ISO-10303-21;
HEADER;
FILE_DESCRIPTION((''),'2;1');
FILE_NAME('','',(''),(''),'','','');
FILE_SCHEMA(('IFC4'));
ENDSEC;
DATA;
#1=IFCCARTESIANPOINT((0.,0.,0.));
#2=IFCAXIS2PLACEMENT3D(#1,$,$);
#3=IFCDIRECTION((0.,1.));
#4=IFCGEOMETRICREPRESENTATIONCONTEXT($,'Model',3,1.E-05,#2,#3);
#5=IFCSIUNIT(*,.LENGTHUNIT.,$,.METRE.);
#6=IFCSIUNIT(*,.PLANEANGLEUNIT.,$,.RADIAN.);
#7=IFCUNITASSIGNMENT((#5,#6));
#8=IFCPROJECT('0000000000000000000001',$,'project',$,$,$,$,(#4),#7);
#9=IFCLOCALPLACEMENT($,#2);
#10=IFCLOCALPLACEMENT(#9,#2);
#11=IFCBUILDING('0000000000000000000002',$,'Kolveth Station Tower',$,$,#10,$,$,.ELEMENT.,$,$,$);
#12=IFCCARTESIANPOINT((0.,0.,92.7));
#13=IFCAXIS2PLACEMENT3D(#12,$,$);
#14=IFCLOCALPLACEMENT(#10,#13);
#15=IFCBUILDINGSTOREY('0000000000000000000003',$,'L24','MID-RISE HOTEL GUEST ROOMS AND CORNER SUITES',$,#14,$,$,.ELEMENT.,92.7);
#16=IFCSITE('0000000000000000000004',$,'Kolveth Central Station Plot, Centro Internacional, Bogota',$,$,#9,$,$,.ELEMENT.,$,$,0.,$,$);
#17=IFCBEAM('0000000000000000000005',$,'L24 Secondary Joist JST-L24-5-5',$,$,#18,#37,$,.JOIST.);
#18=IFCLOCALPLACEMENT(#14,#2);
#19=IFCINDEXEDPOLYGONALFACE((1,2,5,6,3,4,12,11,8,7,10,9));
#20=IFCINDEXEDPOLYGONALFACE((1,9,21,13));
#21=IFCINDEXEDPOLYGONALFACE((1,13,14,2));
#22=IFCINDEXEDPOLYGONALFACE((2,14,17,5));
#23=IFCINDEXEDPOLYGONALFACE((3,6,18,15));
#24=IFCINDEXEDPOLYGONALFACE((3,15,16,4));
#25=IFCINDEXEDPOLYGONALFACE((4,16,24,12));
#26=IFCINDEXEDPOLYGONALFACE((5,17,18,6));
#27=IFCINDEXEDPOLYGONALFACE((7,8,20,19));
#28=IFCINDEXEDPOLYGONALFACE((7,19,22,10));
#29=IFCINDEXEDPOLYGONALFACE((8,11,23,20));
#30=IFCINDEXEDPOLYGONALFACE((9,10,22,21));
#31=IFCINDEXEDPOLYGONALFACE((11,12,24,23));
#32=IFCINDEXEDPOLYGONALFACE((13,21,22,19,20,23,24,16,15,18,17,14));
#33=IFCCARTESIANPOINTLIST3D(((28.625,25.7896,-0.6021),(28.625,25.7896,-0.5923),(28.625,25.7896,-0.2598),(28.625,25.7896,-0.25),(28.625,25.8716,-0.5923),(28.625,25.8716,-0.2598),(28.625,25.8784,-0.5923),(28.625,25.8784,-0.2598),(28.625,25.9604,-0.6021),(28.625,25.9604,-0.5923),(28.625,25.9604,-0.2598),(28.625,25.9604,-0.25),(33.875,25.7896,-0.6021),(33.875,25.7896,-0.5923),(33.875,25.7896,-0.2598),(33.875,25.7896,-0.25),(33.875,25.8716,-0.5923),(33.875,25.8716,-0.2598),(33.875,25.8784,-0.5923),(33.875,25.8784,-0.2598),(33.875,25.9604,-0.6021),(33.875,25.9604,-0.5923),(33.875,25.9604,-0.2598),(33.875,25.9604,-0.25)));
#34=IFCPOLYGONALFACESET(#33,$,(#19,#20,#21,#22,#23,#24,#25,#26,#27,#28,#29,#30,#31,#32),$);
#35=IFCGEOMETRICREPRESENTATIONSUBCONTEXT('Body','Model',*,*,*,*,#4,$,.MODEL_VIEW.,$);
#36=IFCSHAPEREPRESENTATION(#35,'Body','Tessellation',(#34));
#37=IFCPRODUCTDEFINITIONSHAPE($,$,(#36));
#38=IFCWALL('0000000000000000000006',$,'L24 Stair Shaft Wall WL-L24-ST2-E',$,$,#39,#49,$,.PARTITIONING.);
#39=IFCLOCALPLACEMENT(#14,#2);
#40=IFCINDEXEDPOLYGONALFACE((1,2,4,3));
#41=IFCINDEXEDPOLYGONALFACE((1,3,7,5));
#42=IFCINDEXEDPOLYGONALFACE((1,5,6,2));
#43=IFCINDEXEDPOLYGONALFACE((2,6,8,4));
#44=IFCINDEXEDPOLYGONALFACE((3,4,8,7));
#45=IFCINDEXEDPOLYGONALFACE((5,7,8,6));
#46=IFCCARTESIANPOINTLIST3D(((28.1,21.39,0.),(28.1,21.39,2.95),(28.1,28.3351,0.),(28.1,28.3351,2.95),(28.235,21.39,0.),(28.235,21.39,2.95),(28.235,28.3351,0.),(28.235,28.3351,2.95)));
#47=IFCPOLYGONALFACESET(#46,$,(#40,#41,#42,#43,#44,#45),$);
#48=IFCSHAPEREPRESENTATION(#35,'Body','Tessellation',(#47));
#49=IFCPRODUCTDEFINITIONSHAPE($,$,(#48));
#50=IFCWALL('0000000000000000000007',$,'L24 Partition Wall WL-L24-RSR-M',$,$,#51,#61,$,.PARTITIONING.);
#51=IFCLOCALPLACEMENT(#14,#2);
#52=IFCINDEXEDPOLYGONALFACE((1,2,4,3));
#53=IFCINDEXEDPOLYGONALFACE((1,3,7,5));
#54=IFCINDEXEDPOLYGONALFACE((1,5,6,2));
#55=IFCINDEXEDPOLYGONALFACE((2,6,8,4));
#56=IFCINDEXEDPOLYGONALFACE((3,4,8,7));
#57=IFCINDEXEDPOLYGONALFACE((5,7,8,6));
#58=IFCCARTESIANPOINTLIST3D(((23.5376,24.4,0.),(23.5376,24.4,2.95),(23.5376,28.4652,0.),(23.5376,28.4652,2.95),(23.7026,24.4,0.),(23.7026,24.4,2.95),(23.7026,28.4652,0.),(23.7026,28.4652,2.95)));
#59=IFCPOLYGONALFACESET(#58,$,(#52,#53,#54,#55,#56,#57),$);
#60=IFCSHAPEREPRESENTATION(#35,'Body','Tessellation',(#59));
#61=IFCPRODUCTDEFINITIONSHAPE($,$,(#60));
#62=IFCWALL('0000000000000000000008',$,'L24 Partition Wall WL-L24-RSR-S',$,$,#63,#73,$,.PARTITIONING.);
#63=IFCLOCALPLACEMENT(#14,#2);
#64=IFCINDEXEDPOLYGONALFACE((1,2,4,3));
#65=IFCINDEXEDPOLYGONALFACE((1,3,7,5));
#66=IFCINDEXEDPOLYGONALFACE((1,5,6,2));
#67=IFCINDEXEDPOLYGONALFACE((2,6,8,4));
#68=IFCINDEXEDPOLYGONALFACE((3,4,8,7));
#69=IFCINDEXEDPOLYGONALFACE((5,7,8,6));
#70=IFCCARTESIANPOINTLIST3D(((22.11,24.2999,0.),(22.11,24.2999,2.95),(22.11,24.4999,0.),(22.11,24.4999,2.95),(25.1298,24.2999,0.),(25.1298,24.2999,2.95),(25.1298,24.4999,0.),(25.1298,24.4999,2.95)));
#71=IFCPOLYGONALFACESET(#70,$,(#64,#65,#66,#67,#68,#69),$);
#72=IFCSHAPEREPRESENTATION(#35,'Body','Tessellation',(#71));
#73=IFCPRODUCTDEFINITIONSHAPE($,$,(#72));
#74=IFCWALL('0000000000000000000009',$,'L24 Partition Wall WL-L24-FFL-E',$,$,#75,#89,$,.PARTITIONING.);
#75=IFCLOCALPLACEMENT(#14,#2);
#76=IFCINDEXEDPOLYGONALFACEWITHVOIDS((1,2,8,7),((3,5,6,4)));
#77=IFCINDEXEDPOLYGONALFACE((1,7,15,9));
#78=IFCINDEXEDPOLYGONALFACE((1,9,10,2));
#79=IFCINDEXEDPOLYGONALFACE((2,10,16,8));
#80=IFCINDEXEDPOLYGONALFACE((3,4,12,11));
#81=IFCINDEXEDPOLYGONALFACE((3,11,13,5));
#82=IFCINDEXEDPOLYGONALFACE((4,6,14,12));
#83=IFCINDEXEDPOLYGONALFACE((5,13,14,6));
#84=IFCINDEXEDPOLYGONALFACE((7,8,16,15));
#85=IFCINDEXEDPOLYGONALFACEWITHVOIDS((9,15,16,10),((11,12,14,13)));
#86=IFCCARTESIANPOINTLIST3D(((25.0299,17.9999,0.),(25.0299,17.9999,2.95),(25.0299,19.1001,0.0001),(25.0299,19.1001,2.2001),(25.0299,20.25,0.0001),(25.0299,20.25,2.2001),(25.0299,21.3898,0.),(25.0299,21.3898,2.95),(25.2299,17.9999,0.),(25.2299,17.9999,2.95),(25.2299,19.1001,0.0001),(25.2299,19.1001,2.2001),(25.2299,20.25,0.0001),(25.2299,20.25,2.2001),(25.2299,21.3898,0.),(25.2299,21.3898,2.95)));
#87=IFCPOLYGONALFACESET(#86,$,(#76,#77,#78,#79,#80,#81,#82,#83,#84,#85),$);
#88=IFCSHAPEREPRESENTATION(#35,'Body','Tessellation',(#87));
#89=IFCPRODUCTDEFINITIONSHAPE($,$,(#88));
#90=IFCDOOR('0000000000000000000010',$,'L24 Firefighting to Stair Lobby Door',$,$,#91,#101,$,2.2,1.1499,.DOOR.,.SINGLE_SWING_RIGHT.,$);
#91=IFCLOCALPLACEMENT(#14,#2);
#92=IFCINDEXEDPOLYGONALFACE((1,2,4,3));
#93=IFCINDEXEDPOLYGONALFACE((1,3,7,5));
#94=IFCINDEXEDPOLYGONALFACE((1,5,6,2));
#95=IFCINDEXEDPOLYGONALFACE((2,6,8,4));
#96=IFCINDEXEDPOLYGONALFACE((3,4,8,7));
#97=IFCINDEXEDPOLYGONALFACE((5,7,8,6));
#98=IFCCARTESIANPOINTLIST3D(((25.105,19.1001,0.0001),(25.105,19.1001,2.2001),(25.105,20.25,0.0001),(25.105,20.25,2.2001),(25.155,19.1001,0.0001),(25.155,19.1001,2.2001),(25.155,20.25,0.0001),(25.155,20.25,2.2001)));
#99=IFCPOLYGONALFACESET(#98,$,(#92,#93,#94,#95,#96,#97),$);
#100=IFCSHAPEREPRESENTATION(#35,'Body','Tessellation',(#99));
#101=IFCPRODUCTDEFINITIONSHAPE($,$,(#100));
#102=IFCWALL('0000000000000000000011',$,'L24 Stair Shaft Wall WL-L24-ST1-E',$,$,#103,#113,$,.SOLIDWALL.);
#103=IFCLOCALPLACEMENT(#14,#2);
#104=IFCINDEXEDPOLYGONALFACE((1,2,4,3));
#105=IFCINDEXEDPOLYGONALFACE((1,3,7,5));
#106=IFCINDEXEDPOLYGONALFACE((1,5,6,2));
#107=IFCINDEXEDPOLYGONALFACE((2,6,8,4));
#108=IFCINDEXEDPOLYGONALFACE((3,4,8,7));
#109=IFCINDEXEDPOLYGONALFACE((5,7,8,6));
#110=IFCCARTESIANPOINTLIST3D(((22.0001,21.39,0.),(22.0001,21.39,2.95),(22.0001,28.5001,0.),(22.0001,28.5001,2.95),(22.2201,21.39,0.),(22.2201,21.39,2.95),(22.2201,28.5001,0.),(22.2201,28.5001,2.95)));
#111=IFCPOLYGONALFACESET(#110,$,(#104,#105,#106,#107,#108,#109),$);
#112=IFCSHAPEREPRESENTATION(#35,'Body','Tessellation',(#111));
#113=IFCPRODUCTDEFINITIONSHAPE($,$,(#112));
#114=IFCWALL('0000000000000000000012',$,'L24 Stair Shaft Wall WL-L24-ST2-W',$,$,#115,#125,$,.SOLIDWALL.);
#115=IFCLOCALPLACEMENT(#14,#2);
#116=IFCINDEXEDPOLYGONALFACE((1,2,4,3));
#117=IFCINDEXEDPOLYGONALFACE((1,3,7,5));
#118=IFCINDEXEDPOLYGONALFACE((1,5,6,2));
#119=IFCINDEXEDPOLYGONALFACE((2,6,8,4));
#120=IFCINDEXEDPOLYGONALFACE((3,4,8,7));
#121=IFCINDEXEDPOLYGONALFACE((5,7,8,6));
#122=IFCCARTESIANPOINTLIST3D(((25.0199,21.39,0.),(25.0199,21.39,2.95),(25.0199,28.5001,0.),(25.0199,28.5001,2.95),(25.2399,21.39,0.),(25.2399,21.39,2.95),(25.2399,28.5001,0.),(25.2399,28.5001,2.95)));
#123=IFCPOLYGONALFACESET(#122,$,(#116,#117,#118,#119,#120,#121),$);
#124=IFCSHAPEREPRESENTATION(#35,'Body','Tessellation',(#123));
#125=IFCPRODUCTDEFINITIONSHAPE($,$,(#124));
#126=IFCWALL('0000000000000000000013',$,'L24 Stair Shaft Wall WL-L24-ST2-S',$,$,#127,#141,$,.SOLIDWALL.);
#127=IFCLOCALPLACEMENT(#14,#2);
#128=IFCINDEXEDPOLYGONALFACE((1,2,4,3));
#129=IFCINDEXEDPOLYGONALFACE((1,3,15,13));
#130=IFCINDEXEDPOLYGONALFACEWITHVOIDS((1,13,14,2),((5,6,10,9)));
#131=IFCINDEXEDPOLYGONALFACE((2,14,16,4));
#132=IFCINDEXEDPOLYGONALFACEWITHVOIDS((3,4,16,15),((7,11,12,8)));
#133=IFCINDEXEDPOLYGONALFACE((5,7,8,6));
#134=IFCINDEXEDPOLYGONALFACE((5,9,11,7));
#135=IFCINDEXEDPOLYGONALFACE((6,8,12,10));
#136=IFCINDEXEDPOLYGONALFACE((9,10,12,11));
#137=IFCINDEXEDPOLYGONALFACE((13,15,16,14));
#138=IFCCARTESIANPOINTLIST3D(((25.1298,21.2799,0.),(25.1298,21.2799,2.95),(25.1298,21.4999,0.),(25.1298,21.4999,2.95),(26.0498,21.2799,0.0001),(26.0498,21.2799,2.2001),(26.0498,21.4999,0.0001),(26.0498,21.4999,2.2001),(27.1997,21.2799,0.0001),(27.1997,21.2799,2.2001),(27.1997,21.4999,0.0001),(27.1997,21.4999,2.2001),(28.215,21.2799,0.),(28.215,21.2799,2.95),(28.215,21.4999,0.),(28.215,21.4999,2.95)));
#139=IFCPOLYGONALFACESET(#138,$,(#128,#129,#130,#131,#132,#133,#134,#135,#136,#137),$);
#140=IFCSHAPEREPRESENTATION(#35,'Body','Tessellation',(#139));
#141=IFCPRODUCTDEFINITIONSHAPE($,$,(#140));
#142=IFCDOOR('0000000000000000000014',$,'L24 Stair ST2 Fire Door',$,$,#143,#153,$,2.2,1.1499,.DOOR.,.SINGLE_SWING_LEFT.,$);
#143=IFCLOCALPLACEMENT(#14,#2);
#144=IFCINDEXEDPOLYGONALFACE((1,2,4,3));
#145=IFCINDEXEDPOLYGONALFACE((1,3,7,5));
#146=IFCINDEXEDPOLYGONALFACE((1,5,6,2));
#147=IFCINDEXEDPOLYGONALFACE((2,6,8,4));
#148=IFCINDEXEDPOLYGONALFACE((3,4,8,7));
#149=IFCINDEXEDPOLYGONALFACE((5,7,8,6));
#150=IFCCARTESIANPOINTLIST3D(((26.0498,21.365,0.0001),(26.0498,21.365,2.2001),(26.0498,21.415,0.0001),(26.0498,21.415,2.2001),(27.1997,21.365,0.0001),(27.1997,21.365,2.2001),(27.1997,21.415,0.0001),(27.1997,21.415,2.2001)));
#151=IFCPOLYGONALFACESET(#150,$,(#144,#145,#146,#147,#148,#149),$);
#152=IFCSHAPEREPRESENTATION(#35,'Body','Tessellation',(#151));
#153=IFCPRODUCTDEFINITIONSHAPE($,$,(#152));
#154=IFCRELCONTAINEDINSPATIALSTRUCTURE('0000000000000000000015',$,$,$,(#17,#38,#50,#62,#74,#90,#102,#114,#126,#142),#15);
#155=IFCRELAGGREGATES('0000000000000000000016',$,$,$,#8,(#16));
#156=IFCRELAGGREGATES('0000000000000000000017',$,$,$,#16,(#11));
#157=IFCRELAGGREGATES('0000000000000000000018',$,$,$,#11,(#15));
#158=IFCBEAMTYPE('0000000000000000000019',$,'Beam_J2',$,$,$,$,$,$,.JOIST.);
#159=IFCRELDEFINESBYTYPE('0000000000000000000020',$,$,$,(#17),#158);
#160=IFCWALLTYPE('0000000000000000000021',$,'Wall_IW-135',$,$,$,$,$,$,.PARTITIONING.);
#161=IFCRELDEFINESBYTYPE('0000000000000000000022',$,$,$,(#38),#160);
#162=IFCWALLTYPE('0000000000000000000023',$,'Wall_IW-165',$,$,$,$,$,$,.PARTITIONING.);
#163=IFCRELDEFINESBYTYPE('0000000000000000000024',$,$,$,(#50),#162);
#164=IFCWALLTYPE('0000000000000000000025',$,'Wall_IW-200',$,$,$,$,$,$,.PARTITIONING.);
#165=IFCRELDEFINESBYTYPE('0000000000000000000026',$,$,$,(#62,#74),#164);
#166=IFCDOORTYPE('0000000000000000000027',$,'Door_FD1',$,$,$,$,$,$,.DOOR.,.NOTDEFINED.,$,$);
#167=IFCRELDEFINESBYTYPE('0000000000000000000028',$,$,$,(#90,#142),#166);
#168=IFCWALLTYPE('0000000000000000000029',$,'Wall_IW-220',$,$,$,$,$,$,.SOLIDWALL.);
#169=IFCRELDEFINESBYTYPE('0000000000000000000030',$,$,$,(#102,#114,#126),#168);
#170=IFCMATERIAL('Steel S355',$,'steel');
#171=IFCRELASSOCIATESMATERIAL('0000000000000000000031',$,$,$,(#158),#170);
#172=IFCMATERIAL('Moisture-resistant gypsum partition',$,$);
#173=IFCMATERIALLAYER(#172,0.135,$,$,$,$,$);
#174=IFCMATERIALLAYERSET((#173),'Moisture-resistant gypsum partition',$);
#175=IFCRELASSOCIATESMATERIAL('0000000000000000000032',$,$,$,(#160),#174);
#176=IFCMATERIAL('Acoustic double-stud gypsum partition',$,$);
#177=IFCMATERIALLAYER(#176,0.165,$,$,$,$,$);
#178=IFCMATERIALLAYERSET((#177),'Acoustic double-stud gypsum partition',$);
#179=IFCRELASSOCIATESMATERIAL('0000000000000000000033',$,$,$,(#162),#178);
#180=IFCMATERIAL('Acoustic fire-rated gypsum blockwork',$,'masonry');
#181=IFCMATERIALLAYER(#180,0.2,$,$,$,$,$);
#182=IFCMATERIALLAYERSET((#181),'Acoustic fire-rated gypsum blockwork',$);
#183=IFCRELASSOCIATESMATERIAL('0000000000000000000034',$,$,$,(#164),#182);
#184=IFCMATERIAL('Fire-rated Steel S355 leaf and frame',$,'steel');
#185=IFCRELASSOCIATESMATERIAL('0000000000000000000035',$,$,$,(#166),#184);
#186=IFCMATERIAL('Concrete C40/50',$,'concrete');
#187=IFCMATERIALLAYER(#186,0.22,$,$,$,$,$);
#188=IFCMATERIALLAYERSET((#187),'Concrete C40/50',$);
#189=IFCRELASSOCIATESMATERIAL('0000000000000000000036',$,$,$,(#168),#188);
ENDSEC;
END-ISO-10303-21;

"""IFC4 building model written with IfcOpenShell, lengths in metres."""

from ifc_helpers import new_model, si_unit, direction, frame, frame_2d, origin, origin_2d, place, context, subcontext, project, spatial, rectangle, i_section, extrude, source, transform, mapped, material, layer, layer_set, material_profile, profile_set, type_object, element, fill, save


model = new_model("IFC4")

# Units and contexts
model_context = context("Model", 3, precision=1e-05, world=origin(), true_north=direction((0.0, 1.0)))
body_context = subcontext(model_context, "Body", "Model", "MODEL_VIEW")
ifc_project = project(units=[si_unit("LENGTHUNIT", "METRE"), si_unit("PLANEANGLEUNIT", "RADIAN")], contexts=[model_context])

# Site, building, storey
site_placement = place(None, origin())
site = spatial("IfcSite", under=ifc_project, at=site_placement, Name="Kolveth Central Station Plot, Centro Internacional, Bogota", CompositionType="ELEMENT", RefElevation=0.0)
building_placement = place(site_placement, origin())
building = spatial("IfcBuilding", under=site, at=building_placement, Name="Kolveth Station Tower", CompositionType="ELEMENT")
storey_placement = place(building_placement, frame((0.0, 0.0, 92.7)))
storey = spatial("IfcBuildingStorey", under=building, at=storey_placement, Name="L24", Description="MID-RISE HOTEL GUEST ROOMS AND CORNER SUITES", CompositionType="ELEMENT", Elevation=92.7)

# Shared definitions
ifc_material_1 = material(Name="Steel S355", Category="steel")

# Beam
ifc_material_profile_1 = material_profile(ifc_material_1, i_section(OverallWidth=0.1709, OverallDepth=0.3521, WebThickness=0.0068, FlangeThickness=0.0098, at=origin_2d()), Name="W360x44")
ifc_profile_set_1 = profile_set([ifc_material_profile_1], Name="Steel S355")
beam_type_1 = type_object("IfcBeamType", Name="Beam_J2", PredefinedType="JOIST", material=ifc_profile_set_1)
shared_shape_1 = source(origin(), body_context, "Body", "SweptSolid", [
    extrude(i_section(OverallWidth=0.1709, OverallDepth=0.3521, WebThickness=0.0068, FlangeThickness=0.0098, at=origin_2d()), origin(), (0.0, 0.0, 1.0), 5.25),
])
for number, where, z_axis, x_axis, name in (
    (1, (28.625, 25.875, -0.426), (1.0, 0.0, 0.0), (0.0, 1.0, 0.0), "L24 Secondary Joist JST-L24-5-5"),
):
    element("IfcBeam", number, at=place(storey_placement, frame(where, z_axis=z_axis, x_axis=x_axis)), inside=storey, type_object=beam_type_1, Name=name, PredefinedType="JOIST", context=body_context, shape_type="MappedRepresentation", body=[
        mapped(shared_shape_1, transform((0.0, 0.0, 0.0), x_axis=(1.0, 0.0, 0.0), y_axis=(0.0, 1.0, 0.0), z_axis=(0.0, 0.0, 1.0), scale=1.0)),
    ])

# Walls
ifc_material_2 = material(Name="Moisture-resistant gypsum partition")
ifc_layer_1 = layer(ifc_material_2, 0.135)
ifc_layer_set_1 = layer_set([ifc_layer_1], Name="Moisture-resistant gypsum partition")
wall_type_1 = type_object("IfcWallType", Name="Wall_IW-135", PredefinedType="PARTITIONING", material=ifc_layer_set_1)
wall_1_placement = place(storey_placement, frame((28.1675, 21.3899, 0.0), z_axis=(0.0, 0.0, 1.0), x_axis=(0.0, 1.0, 0.0)))
element("IfcWall", 2, at=wall_1_placement, inside=storey, type_object=wall_type_1, Name="L24 Stair Shaft Wall WL-L24-ST2-E", PredefinedType="PARTITIONING", context=body_context, shape_type="SweptSolid", body=[
    extrude(rectangle(XDim=6.9451, YDim=0.135, at=frame_2d((3.4727, 0.0))), origin(), (0.0, 0.0, 1.0), 2.95),
])
ifc_material_3 = material(Name="Acoustic double-stud gypsum partition")
ifc_layer_2 = layer(ifc_material_3, 0.165)
ifc_layer_set_2 = layer_set([ifc_layer_2], Name="Acoustic double-stud gypsum partition")
wall_type_2 = type_object("IfcWallType", Name="Wall_IW-165", PredefinedType="PARTITIONING", material=ifc_layer_set_2)
wall_2_placement = place(storey_placement, frame((23.6201, 24.3999, 0.0), z_axis=(0.0, 0.0, 1.0), x_axis=(0.0, 1.0, 0.0)))
element("IfcWall", 3, at=wall_2_placement, inside=storey, type_object=wall_type_2, Name="L24 Partition Wall WL-L24-RSR-M", PredefinedType="PARTITIONING", context=body_context, shape_type="SweptSolid", body=[
    extrude(rectangle(XDim=4.0652, YDim=0.165, at=frame_2d((2.0327, 0.0))), origin(), (0.0, 0.0, 1.0), 2.95),
])
ifc_material_4 = material(Name="Acoustic fire-rated gypsum blockwork", Category="masonry")
ifc_layer_3 = layer(ifc_material_4, 0.2)
ifc_layer_set_3 = layer_set([ifc_layer_3], Name="Acoustic fire-rated gypsum blockwork")
wall_type_3 = type_object("IfcWallType", Name="Wall_IW-200", PredefinedType="PARTITIONING", material=ifc_layer_set_3)
wall_3_placement = place(storey_placement, frame((22.1101, 24.3999, 0.0), z_axis=(0.0, 0.0, 1.0), x_axis=(1.0, 0.0, 0.0)))
element("IfcWall", 4, at=wall_3_placement, inside=storey, type_object=wall_type_3, Name="L24 Partition Wall WL-L24-RSR-S", PredefinedType="PARTITIONING", context=body_context, shape_type="SweptSolid", body=[
    extrude(rectangle(XDim=3.0198, YDim=0.2, at=frame_2d((1.5098, 0.0))), origin(), (0.0, 0.0, 1.0), 2.95),
])

# Wall, opening, door
wall_4_placement = place(storey_placement, frame((25.1299, 18.0, 0.0), z_axis=(0.0, 0.0, 1.0), x_axis=(0.0, 1.0, 0.0)))
wall_4 = element("IfcWall", 5, at=wall_4_placement, inside=storey, type_object=wall_type_3, Name="L24 Partition Wall WL-L24-FFL-E", PredefinedType="PARTITIONING", context=body_context, shape_type="SweptSolid", body=[
    extrude(rectangle(XDim=3.3899, YDim=0.2, at=frame_2d((1.6948, 0.0))), origin(), (0.0, 0.0, 1.0), 2.95),
])
opening_1_placement = place(wall_4_placement, frame((1.1001, 0.0, 0.0)))
opening_1 = element("IfcOpeningElement", 6, at=opening_1_placement, cuts=wall_4, PredefinedType="OPENING", context=body_context, shape_type="SweptSolid", body=[
    extrude(rectangle(XDim=1.1499, YDim=2.2, at=frame_2d((0.575, 1.1001))), frame((0.0, 0.1099, 0.0), z_axis=(0.0, -1.0, 0.0), x_axis=(1.0, 0.0, 0.0)), (0.0, 0.0, 1.0), 0.22),
])
ifc_material_5 = material(Name="Fire-rated Steel S355 leaf and frame", Category="steel")
door_type = type_object("IfcDoorType", Name="Door_FD1", OperationType="NOTDEFINED", PredefinedType="DOOR", material=ifc_material_5)
door_1_placement = place(opening_1_placement, origin())
door_1 = element("IfcDoor", 7, at=door_1_placement, inside=storey, type_object=door_type, Name="L24 Firefighting to Stair Lobby Door", OperationType="SINGLE_SWING_RIGHT", OverallHeight=2.2, OverallWidth=1.1499, PredefinedType="DOOR", context=body_context, shape_type="SweptSolid", body=[
    extrude(rectangle(XDim=1.1499, YDim=2.2, at=frame_2d((0.575, 1.1001))), frame((0.0, 0.0249, 0.0), z_axis=(0.0, -1.0, 0.0), x_axis=(1.0, 0.0, 0.0)), (0.0, 0.0, 1.0), 0.05),
])
fill(opening_1, door_1)

# Walls
ifc_material_6 = material(Name="Concrete C40/50", Category="concrete")
ifc_layer_4 = layer(ifc_material_6, 0.22)
ifc_layer_set_4 = layer_set([ifc_layer_4], Name="Concrete C40/50")
wall_type_4 = type_object("IfcWallType", Name="Wall_IW-220", PredefinedType="SOLIDWALL", material=ifc_layer_set_4)
for number, where, z_axis, x_axis, name in (
    (8, (22.1101, 21.3899, 0.0), (0.0, 0.0, 1.0), (0.0, 1.0, 0.0), "L24 Stair Shaft Wall WL-L24-ST1-E"),
    (9, (25.1299, 21.3899, 0.0), (0.0, 0.0, 1.0), (0.0, 1.0, 0.0), "L24 Stair Shaft Wall WL-L24-ST2-W"),
):
    element("IfcWall", number, at=place(storey_placement, frame(where, z_axis=z_axis, x_axis=x_axis)), inside=storey, type_object=wall_type_4, Name=name, PredefinedType="SOLIDWALL", context=body_context, shape_type="SweptSolid", body=[
        extrude(rectangle(XDim=7.1101, YDim=0.22, at=frame_2d((3.5552, 0.0))), origin(), (0.0, 0.0, 1.0), 2.95),
    ])

# Wall, opening, door
wall_5_placement = place(storey_placement, frame((25.1299, 21.3899, 0.0), z_axis=(0.0, 0.0, 1.0), x_axis=(1.0, 0.0, 0.0)))
wall_5 = element("IfcWall", 10, at=wall_5_placement, inside=storey, type_object=wall_type_4, Name="L24 Stair Shaft Wall WL-L24-ST2-S", PredefinedType="SOLIDWALL", context=body_context, shape_type="SweptSolid", body=[
    extrude(rectangle(XDim=3.0852, YDim=0.22, at=frame_2d((1.5425, 0.0))), origin(), (0.0, 0.0, 1.0), 2.95),
])
opening_2_placement = place(wall_5_placement, frame((0.9199, 0.0, 0.0)))
opening_2 = element("IfcOpeningElement", 11, at=opening_2_placement, cuts=wall_5, PredefinedType="OPENING", context=body_context, shape_type="SweptSolid", body=[
    extrude(rectangle(XDim=1.1499, YDim=2.2, at=frame_2d((0.575, 1.1001))), frame((0.0, 0.1199, 0.0), z_axis=(0.0, -1.0, 0.0), x_axis=(1.0, 0.0, 0.0)), (0.0, 0.0, 1.0), 0.24),
])
door_2_placement = place(opening_2_placement, frame((1.1499, 0.0, 0.0), z_axis=(0.0, 0.0, 1.0), x_axis=(-1.0, 0.0, 0.0)))
door_2 = element("IfcDoor", 12, at=door_2_placement, inside=storey, type_object=door_type, Name="L24 Stair ST2 Fire Door", OperationType="SINGLE_SWING_LEFT", OverallHeight=2.2, OverallWidth=1.1499, PredefinedType="DOOR", context=body_context, shape_type="SweptSolid", body=[
    extrude(rectangle(XDim=1.1499, YDim=2.2, at=frame_2d((0.575, 1.1001))), frame((0.0, 0.0249, 0.0), z_axis=(0.0, -1.0, 0.0), x_axis=(1.0, 0.0, 0.0)), (0.0, 0.0, 1.0), 0.05),
])
fill(opening_2, door_2)

save(model, "model.ifc")
